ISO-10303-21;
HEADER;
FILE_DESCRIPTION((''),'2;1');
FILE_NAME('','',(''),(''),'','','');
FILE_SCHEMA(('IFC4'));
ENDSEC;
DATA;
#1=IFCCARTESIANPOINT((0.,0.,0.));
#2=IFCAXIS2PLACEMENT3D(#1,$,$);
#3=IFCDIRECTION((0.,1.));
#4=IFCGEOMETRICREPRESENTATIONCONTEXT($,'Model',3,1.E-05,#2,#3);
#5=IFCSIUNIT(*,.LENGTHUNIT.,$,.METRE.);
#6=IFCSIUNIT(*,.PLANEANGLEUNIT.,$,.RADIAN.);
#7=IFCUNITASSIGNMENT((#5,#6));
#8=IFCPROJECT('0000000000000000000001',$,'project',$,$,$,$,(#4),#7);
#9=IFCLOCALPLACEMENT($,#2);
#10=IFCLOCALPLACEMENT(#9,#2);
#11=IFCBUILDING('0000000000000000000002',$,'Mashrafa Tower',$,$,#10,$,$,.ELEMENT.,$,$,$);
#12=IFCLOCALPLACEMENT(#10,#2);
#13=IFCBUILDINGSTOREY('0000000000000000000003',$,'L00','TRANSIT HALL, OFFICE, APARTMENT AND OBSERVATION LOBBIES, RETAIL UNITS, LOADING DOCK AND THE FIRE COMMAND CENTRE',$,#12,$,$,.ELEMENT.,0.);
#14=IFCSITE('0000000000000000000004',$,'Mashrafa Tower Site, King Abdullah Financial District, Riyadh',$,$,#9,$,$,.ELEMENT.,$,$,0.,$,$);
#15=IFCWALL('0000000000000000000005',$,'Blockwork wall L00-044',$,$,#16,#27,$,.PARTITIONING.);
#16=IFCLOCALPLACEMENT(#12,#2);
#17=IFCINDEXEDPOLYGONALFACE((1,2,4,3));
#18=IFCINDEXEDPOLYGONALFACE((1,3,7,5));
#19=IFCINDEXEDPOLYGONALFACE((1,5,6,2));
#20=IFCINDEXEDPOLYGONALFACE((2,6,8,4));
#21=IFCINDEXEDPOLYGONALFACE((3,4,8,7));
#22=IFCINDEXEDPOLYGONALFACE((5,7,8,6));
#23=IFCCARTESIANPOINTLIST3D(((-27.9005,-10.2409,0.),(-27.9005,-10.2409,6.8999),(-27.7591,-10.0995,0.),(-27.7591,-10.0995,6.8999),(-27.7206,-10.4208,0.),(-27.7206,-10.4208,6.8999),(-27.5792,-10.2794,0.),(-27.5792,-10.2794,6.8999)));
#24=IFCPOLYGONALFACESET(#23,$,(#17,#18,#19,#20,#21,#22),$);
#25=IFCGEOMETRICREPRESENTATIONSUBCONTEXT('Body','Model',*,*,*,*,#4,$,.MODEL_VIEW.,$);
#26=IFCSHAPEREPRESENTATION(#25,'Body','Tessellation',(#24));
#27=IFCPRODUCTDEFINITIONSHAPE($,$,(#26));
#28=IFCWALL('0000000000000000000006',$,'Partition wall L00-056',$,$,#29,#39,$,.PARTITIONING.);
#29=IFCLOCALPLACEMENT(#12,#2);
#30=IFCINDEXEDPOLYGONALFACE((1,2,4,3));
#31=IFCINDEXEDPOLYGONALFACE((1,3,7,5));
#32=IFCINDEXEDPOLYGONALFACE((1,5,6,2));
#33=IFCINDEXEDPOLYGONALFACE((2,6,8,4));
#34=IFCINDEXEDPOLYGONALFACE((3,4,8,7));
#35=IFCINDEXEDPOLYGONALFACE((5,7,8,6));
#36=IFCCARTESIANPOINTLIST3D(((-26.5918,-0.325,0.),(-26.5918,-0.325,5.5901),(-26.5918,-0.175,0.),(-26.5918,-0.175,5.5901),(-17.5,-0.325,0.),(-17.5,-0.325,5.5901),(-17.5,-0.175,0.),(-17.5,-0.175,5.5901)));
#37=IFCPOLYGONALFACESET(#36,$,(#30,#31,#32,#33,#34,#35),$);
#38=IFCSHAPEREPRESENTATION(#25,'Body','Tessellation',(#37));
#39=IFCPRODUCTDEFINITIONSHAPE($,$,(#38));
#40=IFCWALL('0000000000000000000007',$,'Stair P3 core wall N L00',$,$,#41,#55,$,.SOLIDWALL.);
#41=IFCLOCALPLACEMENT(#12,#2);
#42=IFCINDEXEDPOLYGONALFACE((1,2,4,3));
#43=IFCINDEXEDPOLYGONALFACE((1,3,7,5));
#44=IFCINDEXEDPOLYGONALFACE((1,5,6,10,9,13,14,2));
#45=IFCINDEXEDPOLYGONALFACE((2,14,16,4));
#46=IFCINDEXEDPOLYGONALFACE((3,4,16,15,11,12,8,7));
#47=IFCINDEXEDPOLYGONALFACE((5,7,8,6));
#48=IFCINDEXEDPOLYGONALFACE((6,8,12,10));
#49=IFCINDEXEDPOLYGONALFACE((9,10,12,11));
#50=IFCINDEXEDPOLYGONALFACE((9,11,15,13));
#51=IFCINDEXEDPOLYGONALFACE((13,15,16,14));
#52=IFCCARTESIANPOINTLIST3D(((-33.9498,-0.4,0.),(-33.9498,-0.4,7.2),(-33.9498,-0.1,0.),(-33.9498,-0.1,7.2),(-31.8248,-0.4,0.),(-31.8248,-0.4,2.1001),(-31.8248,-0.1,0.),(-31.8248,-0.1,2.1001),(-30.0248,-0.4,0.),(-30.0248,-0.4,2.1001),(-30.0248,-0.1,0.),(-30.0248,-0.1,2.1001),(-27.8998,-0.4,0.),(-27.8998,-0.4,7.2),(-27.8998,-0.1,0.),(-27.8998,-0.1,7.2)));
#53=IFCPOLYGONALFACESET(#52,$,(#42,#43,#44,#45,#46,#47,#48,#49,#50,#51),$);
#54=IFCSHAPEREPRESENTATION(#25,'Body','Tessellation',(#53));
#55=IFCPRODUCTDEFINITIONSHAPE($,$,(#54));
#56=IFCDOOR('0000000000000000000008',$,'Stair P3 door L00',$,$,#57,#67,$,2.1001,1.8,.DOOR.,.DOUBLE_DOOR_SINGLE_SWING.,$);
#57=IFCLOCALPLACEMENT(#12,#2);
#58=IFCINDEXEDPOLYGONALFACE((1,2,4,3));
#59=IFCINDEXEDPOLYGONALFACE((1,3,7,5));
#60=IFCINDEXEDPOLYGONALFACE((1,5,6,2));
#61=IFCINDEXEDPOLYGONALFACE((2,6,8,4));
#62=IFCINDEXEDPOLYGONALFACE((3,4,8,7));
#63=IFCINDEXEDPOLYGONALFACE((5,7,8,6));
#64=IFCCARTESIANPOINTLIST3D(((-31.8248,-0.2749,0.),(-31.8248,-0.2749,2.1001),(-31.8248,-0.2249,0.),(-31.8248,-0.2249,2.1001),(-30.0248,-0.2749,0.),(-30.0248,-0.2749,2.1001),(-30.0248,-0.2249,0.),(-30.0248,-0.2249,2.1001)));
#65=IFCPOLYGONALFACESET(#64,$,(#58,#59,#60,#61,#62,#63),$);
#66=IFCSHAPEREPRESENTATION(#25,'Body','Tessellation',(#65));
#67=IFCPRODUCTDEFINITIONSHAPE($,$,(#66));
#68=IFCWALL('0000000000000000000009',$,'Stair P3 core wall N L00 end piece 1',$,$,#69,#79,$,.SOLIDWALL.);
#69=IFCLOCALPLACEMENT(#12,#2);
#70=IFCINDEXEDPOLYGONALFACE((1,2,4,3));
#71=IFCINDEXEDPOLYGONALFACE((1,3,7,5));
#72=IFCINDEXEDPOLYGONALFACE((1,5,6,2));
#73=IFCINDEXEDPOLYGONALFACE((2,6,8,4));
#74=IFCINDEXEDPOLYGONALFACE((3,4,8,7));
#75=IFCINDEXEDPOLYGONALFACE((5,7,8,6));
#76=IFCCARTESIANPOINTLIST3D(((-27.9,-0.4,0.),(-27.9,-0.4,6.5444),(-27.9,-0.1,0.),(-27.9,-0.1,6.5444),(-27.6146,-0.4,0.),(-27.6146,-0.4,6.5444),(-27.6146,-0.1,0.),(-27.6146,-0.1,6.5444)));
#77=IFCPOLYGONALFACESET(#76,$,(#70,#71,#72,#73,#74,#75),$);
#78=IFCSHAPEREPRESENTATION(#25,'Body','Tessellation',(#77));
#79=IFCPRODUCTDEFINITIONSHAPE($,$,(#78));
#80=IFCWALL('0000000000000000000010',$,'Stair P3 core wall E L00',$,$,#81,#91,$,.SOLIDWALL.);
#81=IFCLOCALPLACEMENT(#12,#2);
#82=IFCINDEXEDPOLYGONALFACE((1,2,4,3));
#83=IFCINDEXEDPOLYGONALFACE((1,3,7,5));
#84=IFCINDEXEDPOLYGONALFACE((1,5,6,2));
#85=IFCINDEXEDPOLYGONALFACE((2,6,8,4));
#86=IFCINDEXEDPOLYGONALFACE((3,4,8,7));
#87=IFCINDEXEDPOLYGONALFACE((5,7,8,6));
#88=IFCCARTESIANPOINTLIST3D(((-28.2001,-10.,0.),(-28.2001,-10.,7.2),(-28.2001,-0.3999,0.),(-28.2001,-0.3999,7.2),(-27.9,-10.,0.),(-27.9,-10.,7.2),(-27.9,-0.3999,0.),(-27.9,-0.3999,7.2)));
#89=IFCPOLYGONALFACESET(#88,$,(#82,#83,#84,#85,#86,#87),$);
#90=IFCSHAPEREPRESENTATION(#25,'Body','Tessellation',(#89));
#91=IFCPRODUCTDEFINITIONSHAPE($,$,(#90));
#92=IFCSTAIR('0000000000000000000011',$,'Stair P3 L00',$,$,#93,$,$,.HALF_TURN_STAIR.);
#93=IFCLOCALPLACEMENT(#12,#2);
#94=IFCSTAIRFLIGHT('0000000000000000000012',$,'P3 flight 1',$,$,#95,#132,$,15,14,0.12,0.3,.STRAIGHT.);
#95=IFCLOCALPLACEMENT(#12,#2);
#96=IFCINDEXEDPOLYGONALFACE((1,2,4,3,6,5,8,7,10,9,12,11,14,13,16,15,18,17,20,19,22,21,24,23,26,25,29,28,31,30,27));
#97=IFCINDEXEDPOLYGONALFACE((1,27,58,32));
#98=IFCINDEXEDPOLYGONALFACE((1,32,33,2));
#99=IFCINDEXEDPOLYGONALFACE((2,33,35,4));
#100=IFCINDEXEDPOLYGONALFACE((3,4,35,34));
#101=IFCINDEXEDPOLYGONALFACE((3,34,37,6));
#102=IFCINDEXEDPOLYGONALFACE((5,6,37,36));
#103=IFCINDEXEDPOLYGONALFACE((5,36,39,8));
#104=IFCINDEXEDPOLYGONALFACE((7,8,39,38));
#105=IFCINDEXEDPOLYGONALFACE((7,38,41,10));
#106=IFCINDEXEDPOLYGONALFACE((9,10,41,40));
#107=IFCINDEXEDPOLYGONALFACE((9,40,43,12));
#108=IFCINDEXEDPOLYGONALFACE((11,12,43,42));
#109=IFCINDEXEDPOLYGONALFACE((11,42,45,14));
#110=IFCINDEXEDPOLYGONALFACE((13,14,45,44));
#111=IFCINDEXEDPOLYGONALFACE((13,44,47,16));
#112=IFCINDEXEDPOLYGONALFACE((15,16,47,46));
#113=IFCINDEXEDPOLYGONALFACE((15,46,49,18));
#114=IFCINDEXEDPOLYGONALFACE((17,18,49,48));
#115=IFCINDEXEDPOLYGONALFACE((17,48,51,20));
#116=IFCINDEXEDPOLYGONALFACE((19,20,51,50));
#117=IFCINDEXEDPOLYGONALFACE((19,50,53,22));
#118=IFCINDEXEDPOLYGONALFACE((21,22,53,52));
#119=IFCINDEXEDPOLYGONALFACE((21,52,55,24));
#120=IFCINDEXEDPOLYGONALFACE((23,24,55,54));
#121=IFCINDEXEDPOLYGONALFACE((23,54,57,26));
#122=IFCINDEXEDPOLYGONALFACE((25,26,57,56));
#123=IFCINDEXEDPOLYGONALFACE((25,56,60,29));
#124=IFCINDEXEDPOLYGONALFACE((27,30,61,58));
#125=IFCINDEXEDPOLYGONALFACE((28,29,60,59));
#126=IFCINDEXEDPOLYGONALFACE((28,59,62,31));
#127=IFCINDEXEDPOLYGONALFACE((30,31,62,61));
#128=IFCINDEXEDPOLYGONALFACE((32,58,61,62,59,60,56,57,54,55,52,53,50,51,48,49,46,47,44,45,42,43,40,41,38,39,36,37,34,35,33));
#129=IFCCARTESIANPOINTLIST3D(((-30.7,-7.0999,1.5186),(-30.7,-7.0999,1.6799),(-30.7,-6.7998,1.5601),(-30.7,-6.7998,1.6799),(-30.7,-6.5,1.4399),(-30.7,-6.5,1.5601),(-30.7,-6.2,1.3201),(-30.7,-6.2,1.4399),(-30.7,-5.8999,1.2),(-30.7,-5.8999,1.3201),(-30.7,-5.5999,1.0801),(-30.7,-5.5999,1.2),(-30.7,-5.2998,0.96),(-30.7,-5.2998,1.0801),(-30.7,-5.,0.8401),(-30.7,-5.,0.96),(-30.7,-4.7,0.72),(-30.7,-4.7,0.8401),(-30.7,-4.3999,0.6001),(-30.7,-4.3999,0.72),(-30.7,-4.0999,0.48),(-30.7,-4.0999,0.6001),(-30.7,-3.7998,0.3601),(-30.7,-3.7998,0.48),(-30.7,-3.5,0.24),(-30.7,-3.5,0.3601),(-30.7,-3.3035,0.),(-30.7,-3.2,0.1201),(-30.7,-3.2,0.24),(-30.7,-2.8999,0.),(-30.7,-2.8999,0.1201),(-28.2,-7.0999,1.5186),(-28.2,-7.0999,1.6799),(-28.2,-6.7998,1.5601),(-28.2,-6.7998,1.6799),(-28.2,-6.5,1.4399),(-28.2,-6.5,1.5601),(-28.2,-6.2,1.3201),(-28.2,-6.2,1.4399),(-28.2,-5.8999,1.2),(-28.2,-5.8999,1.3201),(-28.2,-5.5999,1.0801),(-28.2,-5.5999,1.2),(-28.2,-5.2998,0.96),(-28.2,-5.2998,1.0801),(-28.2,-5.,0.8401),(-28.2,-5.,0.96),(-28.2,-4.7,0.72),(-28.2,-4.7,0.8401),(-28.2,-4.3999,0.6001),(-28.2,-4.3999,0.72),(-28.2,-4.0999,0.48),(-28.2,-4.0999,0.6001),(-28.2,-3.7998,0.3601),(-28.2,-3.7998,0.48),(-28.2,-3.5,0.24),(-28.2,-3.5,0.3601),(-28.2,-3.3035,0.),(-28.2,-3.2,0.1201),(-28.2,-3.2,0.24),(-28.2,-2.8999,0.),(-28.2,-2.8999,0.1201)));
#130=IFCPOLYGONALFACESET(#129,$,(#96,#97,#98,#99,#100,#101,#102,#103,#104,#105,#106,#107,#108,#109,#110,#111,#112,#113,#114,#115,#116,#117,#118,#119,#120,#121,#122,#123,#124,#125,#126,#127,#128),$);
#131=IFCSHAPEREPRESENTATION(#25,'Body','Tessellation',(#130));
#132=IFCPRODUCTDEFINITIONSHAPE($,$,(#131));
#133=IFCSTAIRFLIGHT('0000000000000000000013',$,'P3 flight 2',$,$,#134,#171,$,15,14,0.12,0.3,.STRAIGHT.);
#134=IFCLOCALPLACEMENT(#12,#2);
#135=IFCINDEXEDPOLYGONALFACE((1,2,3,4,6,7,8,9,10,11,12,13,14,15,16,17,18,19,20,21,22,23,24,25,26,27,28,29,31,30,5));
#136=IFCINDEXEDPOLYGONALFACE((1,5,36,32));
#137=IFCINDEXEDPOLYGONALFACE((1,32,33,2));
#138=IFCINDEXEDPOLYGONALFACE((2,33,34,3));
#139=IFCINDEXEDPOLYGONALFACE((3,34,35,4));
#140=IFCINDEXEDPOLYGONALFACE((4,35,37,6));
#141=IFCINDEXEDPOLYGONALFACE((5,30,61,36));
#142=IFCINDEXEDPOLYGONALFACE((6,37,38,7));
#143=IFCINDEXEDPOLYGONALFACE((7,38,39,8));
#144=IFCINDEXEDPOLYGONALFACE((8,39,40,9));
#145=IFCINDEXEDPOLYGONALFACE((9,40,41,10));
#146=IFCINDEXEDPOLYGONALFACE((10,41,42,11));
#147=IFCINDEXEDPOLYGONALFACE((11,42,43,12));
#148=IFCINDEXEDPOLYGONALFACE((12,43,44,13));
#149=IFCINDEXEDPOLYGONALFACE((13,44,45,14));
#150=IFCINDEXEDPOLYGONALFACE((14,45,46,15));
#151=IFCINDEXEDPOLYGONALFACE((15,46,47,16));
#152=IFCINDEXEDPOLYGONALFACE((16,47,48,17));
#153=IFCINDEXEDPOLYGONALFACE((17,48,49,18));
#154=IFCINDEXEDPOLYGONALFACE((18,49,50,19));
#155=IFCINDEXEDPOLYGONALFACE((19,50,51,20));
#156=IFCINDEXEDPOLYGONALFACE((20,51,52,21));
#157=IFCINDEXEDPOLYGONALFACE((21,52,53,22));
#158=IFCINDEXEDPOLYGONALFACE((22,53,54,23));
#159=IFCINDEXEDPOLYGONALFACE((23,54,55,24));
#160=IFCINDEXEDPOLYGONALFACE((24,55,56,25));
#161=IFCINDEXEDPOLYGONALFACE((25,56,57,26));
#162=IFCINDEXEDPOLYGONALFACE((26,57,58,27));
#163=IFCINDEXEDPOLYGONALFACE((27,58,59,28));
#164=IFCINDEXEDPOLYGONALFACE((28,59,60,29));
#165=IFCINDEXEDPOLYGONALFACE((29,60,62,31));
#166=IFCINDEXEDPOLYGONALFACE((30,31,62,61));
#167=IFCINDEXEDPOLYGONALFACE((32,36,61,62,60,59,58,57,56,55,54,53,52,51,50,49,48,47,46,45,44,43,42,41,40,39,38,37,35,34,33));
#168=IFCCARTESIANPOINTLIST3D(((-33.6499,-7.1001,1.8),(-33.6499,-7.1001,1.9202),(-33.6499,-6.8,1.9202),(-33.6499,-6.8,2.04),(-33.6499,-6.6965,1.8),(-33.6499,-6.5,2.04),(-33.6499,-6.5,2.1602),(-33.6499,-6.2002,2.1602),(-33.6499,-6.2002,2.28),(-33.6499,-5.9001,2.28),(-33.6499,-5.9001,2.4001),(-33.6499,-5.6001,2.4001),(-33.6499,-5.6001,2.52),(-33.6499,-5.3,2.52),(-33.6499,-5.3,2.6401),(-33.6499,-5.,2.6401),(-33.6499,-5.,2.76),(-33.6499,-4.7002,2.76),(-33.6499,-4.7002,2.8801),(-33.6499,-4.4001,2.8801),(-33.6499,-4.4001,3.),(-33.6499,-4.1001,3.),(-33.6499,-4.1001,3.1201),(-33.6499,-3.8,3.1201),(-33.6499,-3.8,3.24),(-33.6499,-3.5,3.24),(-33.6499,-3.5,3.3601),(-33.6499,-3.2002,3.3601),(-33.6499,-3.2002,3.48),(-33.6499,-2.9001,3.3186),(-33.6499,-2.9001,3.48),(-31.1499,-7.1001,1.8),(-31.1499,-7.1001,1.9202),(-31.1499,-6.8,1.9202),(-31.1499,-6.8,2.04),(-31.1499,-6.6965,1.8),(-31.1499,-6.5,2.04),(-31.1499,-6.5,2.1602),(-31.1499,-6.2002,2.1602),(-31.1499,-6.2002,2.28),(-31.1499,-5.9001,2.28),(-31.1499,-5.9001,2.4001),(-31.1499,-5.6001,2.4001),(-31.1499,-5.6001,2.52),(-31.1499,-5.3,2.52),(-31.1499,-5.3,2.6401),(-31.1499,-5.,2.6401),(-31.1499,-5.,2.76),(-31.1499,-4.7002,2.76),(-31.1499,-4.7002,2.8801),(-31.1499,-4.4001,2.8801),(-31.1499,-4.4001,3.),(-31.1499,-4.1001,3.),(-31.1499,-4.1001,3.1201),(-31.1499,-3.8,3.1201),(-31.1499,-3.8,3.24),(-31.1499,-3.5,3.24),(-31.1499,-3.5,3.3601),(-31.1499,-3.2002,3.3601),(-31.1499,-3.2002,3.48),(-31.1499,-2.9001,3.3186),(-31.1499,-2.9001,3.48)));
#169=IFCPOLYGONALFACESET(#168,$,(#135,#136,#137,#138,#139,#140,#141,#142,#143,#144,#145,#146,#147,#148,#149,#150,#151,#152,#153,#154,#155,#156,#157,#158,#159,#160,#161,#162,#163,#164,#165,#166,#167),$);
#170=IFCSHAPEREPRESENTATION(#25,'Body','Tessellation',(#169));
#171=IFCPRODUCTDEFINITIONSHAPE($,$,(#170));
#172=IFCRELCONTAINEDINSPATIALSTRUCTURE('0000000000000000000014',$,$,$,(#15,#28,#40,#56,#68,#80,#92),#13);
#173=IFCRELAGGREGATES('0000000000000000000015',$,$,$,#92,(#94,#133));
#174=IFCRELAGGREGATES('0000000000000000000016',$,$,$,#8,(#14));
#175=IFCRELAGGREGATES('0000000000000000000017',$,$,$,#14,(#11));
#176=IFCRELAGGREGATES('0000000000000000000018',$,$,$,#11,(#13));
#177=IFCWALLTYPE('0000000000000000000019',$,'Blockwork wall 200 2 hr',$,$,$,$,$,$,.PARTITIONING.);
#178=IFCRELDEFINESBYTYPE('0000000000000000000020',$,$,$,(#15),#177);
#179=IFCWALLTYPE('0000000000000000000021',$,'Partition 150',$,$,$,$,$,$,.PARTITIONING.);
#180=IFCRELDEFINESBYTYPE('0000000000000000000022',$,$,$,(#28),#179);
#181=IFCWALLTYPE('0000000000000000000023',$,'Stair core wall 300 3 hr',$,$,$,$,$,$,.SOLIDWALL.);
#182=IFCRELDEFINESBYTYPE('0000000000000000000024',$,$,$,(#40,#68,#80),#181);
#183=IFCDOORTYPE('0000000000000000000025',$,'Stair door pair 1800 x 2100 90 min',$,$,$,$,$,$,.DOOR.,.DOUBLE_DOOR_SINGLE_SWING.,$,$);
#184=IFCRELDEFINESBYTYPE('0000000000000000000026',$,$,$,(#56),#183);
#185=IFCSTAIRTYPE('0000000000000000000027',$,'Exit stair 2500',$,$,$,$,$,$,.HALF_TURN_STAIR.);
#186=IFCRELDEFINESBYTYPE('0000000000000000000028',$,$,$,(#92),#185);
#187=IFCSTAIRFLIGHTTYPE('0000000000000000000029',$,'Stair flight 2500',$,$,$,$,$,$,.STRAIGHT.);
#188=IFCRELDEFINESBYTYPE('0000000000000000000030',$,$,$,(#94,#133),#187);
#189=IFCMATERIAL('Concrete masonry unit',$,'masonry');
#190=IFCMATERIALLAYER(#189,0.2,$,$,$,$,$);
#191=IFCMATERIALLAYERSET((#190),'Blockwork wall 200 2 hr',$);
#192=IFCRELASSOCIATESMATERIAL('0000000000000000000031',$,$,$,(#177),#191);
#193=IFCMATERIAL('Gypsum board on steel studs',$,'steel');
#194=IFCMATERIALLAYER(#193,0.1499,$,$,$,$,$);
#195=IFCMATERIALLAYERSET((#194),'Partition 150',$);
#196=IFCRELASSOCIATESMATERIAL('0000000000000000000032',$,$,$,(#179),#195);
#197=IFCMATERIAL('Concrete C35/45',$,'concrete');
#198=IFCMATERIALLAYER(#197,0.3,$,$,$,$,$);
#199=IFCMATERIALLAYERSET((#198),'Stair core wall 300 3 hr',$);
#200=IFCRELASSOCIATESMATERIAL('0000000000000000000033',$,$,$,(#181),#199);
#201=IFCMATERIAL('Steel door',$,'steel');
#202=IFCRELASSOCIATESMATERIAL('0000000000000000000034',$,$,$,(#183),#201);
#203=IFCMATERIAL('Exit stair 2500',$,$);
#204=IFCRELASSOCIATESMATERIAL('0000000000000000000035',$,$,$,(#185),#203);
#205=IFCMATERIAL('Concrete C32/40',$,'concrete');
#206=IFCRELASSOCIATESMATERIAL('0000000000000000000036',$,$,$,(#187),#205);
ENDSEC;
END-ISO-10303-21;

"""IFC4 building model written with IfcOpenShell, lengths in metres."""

from ifc_helpers import new_model, si_unit, direction, frame, frame_2d, origin, place, context, subcontext, project, spatial, polyline, rectangle, outline, extrude, material, layer, layer_set, type_object, element, fill, aggregate, save


model = new_model("IFC4")

# Units and contexts
model_context = context("Model", 3, precision=1e-05, world=origin(), true_north=direction((0.0, 1.0)))
body_context = subcontext(model_context, "Body", "Model", "MODEL_VIEW")
ifc_project = project(units=[si_unit("LENGTHUNIT", "METRE"), si_unit("PLANEANGLEUNIT", "RADIAN")], contexts=[model_context])

# Site, building, storey
site_placement = place(None, origin())
site = spatial("IfcSite", under=ifc_project, at=site_placement, Name="Mashrafa Tower Site, King Abdullah Financial District, Riyadh", CompositionType="ELEMENT", RefElevation=0.0)
building_placement = place(site_placement, origin())
building = spatial("IfcBuilding", under=site, at=building_placement, Name="Mashrafa Tower", CompositionType="ELEMENT")
storey_placement = place(building_placement, origin())
storey = spatial("IfcBuildingStorey", under=building, at=storey_placement, Name="L00", Description="TRANSIT HALL, OFFICE, APARTMENT AND OBSERVATION LOBBIES, RETAIL UNITS, LOADING DOCK AND THE FIRE COMMAND CENTRE", CompositionType="ELEMENT", Elevation=0.0)

# Walls
ifc_material_1 = material(Name="Concrete masonry unit", Category="masonry")
ifc_layer_1 = layer(ifc_material_1, 0.2)
ifc_layer_set_1 = layer_set([ifc_layer_1], Name="Blockwork wall 200 2 hr")
wall_type_1 = type_object("IfcWallType", Name="Blockwork wall 200 2 hr", PredefinedType="PARTITIONING", material=ifc_layer_set_1)
wall_1_placement = place(storey_placement, frame((-27.6499, -10.3501, 0.0), z_axis=(0.0, 0.0, 1.0), x_axis=(-0.707107, 0.707107, 0.0)))
element("IfcWall", 1, at=wall_1_placement, inside=storey, type_object=wall_type_1, Name="Blockwork wall L00-044", PredefinedType="PARTITIONING", context=body_context, shape_type="SweptSolid", body=[
    extrude(rectangle(XDim=0.2544, YDim=0.2, at=frame_2d((0.1272, 0.0))), origin(), (0.0, 0.0, 1.0), 6.8999),
])
ifc_material_2 = material(Name="Gypsum board on steel studs", Category="steel")
ifc_layer_2 = layer(ifc_material_2, 0.1499)
ifc_layer_set_2 = layer_set([ifc_layer_2], Name="Partition 150")
wall_type_2 = type_object("IfcWallType", Name="Partition 150", PredefinedType="PARTITIONING", material=ifc_layer_set_2)
wall_2_placement = place(storey_placement, frame((-17.5, -0.25, 0.0), z_axis=(0.0, 0.0, 1.0), x_axis=(-1.0, 0.0, 0.0)))
element("IfcWall", 2, at=wall_2_placement, inside=storey, type_object=wall_type_2, Name="Partition wall L00-056", PredefinedType="PARTITIONING", context=body_context, shape_type="SweptSolid", body=[
    extrude(rectangle(XDim=9.0918, YDim=0.1499, at=frame_2d((4.5459, 0.0))), origin(), (0.0, 0.0, 1.0), 5.5901),
])

# Wall, opening, door
ifc_material_3 = material(Name="Concrete C35/45", Category="concrete")
ifc_layer_3 = layer(ifc_material_3, 0.3)
ifc_layer_set_3 = layer_set([ifc_layer_3], Name="Stair core wall 300 3 hr")
wall_type_3 = type_object("IfcWallType", Name="Stair core wall 300 3 hr", PredefinedType="SOLIDWALL", material=ifc_layer_set_3)
wall_3_placement = place(storey_placement, frame((-27.8999, -0.25, 0.0), z_axis=(0.0, 0.0, 1.0), x_axis=(-1.0, 0.0, 0.0)))
wall_3 = element("IfcWall", 3, at=wall_3_placement, inside=storey, type_object=wall_type_3, Name="Stair P3 core wall N L00", PredefinedType="SOLIDWALL", context=body_context, shape_type="SweptSolid", body=[
    extrude(rectangle(XDim=6.05, YDim=0.3, at=frame_2d((3.0249, 0.0))), origin(), (0.0, 0.0, 1.0), 7.2),
])
opening_placement = place(wall_3_placement, frame((2.125, 0.0, 0.0)))
opening = element("IfcOpeningElement", 4, at=opening_placement, cuts=wall_3, PredefinedType="OPENING", context=body_context, shape_type="SweptSolid", body=[
    extrude(rectangle(XDim=1.8, YDim=2.1001, at=frame_2d((0.8999, 1.05))), frame((0.0, 0.1599, 0.0), z_axis=(0.0, -1.0, 0.0), x_axis=(1.0, 0.0, 0.0)), (0.0, 0.0, 1.0), 0.3201),
])
ifc_material_4 = material(Name="Steel door", Category="steel")
door_type = type_object("IfcDoorType", Name="Stair door pair 1800 x 2100 90 min", OperationType="DOUBLE_DOOR_SINGLE_SWING", PredefinedType="DOOR", material=ifc_material_4)
door_placement = place(opening_placement, origin())
door = element("IfcDoor", 5, at=door_placement, inside=storey, type_object=door_type, Name="Stair P3 door L00", OperationType="DOUBLE_DOOR_SINGLE_SWING", OverallHeight=2.1001, OverallWidth=1.8, PredefinedType="DOOR", context=body_context, shape_type="SweptSolid", body=[
    extrude(rectangle(XDim=1.8, YDim=2.1001, at=frame_2d((0.8999, 1.05))), frame((0.0, 0.0249, 0.0), z_axis=(0.0, -1.0, 0.0), x_axis=(1.0, 0.0, 0.0)), (0.0, 0.0, 1.0), 0.05),
])
fill(opening, door)

# Walls
wall_4_placement = place(storey_placement, frame((-27.8999, -0.25, 0.0), z_axis=(0.0, 0.0, 1.0), x_axis=(1.0, 0.0, 0.0)))
element("IfcWall", 6, at=wall_4_placement, inside=storey, type_object=wall_type_3, Name="Stair P3 core wall N L00 end piece 1", PredefinedType="SOLIDWALL", context=body_context, shape_type="SweptSolid", body=[
    extrude(rectangle(XDim=0.2854, YDim=0.3, at=frame_2d((0.1426, 0.0))), origin(), (0.0, 0.0, 1.0), 6.5444),
])
wall_5_placement = place(storey_placement, frame((-28.05, -10.0, 0.0), z_axis=(0.0, 0.0, 1.0), x_axis=(0.0, 1.0, 0.0)))
element("IfcWall", 7, at=wall_5_placement, inside=storey, type_object=wall_type_3, Name="Stair P3 core wall E L00", PredefinedType="SOLIDWALL", context=body_context, shape_type="SweptSolid", body=[
    extrude(rectangle(XDim=9.6001, YDim=0.3, at=frame_2d((4.8, 0.0))), origin(), (0.0, 0.0, 1.0), 7.2),
])

# Stair, stair flights
ifc_material_5 = material(Name="Exit stair 2500")
stair_type = type_object("IfcStairType", Name="Exit stair 2500", PredefinedType="HALF_TURN_STAIR", material=ifc_material_5)
stair_placement = place(storey_placement, origin())
stair = element("IfcStair", 8, at=stair_placement, inside=storey, type_object=stair_type, Name="Stair P3 L00", PredefinedType="HALF_TURN_STAIR")
ifc_material_6 = material(Name="Concrete C32/40", Category="concrete")
stair_flight_type = type_object("IfcStairFlightType", Name="Stair flight 2500", PredefinedType="STRAIGHT", material=ifc_material_6)
stair_flight_1_placement = place(storey_placement, frame((-29.45, -2.8999, 0.0), z_axis=(0.0, 0.0, 1.0), x_axis=(0.0, -1.0, 0.0)))
stair_flight_1 = element("IfcStairFlight", 9, at=stair_flight_1_placement, type_object=stair_flight_type, Name="P3 flight 1", NumberOfRisers=15, NumberOfTreads=14, PredefinedType="STRAIGHT", RiserHeight=0.12, TreadLength=0.3, context=body_context, shape_type="SweptSolid", body=[
    extrude(outline(polyline([(0.0, 0.0), (0.0, 0.1201), (0.3, 0.1201), (0.3, 0.24), (0.6001, 0.24), (0.6001, 0.3601), (0.8999, 0.3601), (0.8999, 0.48), (1.2, 0.48), (1.2, 0.6001), (1.5, 0.6001), (1.5, 0.72), (1.8, 0.72), (1.8, 0.8401), (2.1001, 0.8401), (2.1001, 0.96), (2.3999, 0.96), (2.3999, 1.0801), (2.7, 1.0801), (2.7, 1.2), (3.0, 1.2), (3.0, 1.3201), (3.3, 1.3201), (3.3, 1.4399), (3.6001, 1.4399), (3.6001, 1.5601), (3.8999, 1.5601), (3.8999, 1.6799), (4.2, 1.6799), (4.2, 1.8), (4.2, 1.5186), (0.4036, 0.0), (0.0, 0.0)])), frame((0.0, 1.25, 0.0), z_axis=(0.0, -1.0, 0.0), x_axis=(1.0, 0.0, 0.0)), (0.0, 0.0, 1.0), 2.5),
])
stair_flight_2_placement = place(storey_placement, frame((-32.3999, -7.1001, 1.8), z_axis=(0.0, 0.0, 1.0), x_axis=(0.0, 1.0, 0.0)))
stair_flight_2 = element("IfcStairFlight", 10, at=stair_flight_2_placement, type_object=stair_flight_type, Name="P3 flight 2", NumberOfRisers=15, NumberOfTreads=14, PredefinedType="STRAIGHT", RiserHeight=0.12, TreadLength=0.3, context=body_context, shape_type="SweptSolid", body=[
    extrude(outline(polyline([(0.0, 0.0), (0.0, 0.1201), (0.3, 0.1201), (0.3, 0.24), (0.6001, 0.24), (0.6001, 0.3601), (0.8999, 0.3601), (0.8999, 0.48), (1.2, 0.48), (1.2, 0.6001), (1.5, 0.6001), (1.5, 0.72), (1.8, 0.72), (1.8, 0.8401), (2.1001, 0.8401), (2.1001, 0.96), (2.3999, 0.96), (2.3999, 1.0801), (2.7, 1.0801), (2.7, 1.2), (3.0, 1.2), (3.0, 1.3201), (3.3, 1.3201), (3.3, 1.4399), (3.6001, 1.4399), (3.6001, 1.5601), (3.8999, 1.5601), (3.8999, 1.6799), (4.2, 1.6799), (4.2, 1.8), (4.2, 1.5186), (0.4036, 0.0), (0.0, 0.0)])), frame((0.0, 1.25, 0.0), z_axis=(0.0, -1.0, 0.0), x_axis=(1.0, 0.0, 0.0)), (0.0, 0.0, 1.0), 2.5),
])
aggregate(stair, [stair_flight_1, stair_flight_2])

save(model, "model.ifc")
